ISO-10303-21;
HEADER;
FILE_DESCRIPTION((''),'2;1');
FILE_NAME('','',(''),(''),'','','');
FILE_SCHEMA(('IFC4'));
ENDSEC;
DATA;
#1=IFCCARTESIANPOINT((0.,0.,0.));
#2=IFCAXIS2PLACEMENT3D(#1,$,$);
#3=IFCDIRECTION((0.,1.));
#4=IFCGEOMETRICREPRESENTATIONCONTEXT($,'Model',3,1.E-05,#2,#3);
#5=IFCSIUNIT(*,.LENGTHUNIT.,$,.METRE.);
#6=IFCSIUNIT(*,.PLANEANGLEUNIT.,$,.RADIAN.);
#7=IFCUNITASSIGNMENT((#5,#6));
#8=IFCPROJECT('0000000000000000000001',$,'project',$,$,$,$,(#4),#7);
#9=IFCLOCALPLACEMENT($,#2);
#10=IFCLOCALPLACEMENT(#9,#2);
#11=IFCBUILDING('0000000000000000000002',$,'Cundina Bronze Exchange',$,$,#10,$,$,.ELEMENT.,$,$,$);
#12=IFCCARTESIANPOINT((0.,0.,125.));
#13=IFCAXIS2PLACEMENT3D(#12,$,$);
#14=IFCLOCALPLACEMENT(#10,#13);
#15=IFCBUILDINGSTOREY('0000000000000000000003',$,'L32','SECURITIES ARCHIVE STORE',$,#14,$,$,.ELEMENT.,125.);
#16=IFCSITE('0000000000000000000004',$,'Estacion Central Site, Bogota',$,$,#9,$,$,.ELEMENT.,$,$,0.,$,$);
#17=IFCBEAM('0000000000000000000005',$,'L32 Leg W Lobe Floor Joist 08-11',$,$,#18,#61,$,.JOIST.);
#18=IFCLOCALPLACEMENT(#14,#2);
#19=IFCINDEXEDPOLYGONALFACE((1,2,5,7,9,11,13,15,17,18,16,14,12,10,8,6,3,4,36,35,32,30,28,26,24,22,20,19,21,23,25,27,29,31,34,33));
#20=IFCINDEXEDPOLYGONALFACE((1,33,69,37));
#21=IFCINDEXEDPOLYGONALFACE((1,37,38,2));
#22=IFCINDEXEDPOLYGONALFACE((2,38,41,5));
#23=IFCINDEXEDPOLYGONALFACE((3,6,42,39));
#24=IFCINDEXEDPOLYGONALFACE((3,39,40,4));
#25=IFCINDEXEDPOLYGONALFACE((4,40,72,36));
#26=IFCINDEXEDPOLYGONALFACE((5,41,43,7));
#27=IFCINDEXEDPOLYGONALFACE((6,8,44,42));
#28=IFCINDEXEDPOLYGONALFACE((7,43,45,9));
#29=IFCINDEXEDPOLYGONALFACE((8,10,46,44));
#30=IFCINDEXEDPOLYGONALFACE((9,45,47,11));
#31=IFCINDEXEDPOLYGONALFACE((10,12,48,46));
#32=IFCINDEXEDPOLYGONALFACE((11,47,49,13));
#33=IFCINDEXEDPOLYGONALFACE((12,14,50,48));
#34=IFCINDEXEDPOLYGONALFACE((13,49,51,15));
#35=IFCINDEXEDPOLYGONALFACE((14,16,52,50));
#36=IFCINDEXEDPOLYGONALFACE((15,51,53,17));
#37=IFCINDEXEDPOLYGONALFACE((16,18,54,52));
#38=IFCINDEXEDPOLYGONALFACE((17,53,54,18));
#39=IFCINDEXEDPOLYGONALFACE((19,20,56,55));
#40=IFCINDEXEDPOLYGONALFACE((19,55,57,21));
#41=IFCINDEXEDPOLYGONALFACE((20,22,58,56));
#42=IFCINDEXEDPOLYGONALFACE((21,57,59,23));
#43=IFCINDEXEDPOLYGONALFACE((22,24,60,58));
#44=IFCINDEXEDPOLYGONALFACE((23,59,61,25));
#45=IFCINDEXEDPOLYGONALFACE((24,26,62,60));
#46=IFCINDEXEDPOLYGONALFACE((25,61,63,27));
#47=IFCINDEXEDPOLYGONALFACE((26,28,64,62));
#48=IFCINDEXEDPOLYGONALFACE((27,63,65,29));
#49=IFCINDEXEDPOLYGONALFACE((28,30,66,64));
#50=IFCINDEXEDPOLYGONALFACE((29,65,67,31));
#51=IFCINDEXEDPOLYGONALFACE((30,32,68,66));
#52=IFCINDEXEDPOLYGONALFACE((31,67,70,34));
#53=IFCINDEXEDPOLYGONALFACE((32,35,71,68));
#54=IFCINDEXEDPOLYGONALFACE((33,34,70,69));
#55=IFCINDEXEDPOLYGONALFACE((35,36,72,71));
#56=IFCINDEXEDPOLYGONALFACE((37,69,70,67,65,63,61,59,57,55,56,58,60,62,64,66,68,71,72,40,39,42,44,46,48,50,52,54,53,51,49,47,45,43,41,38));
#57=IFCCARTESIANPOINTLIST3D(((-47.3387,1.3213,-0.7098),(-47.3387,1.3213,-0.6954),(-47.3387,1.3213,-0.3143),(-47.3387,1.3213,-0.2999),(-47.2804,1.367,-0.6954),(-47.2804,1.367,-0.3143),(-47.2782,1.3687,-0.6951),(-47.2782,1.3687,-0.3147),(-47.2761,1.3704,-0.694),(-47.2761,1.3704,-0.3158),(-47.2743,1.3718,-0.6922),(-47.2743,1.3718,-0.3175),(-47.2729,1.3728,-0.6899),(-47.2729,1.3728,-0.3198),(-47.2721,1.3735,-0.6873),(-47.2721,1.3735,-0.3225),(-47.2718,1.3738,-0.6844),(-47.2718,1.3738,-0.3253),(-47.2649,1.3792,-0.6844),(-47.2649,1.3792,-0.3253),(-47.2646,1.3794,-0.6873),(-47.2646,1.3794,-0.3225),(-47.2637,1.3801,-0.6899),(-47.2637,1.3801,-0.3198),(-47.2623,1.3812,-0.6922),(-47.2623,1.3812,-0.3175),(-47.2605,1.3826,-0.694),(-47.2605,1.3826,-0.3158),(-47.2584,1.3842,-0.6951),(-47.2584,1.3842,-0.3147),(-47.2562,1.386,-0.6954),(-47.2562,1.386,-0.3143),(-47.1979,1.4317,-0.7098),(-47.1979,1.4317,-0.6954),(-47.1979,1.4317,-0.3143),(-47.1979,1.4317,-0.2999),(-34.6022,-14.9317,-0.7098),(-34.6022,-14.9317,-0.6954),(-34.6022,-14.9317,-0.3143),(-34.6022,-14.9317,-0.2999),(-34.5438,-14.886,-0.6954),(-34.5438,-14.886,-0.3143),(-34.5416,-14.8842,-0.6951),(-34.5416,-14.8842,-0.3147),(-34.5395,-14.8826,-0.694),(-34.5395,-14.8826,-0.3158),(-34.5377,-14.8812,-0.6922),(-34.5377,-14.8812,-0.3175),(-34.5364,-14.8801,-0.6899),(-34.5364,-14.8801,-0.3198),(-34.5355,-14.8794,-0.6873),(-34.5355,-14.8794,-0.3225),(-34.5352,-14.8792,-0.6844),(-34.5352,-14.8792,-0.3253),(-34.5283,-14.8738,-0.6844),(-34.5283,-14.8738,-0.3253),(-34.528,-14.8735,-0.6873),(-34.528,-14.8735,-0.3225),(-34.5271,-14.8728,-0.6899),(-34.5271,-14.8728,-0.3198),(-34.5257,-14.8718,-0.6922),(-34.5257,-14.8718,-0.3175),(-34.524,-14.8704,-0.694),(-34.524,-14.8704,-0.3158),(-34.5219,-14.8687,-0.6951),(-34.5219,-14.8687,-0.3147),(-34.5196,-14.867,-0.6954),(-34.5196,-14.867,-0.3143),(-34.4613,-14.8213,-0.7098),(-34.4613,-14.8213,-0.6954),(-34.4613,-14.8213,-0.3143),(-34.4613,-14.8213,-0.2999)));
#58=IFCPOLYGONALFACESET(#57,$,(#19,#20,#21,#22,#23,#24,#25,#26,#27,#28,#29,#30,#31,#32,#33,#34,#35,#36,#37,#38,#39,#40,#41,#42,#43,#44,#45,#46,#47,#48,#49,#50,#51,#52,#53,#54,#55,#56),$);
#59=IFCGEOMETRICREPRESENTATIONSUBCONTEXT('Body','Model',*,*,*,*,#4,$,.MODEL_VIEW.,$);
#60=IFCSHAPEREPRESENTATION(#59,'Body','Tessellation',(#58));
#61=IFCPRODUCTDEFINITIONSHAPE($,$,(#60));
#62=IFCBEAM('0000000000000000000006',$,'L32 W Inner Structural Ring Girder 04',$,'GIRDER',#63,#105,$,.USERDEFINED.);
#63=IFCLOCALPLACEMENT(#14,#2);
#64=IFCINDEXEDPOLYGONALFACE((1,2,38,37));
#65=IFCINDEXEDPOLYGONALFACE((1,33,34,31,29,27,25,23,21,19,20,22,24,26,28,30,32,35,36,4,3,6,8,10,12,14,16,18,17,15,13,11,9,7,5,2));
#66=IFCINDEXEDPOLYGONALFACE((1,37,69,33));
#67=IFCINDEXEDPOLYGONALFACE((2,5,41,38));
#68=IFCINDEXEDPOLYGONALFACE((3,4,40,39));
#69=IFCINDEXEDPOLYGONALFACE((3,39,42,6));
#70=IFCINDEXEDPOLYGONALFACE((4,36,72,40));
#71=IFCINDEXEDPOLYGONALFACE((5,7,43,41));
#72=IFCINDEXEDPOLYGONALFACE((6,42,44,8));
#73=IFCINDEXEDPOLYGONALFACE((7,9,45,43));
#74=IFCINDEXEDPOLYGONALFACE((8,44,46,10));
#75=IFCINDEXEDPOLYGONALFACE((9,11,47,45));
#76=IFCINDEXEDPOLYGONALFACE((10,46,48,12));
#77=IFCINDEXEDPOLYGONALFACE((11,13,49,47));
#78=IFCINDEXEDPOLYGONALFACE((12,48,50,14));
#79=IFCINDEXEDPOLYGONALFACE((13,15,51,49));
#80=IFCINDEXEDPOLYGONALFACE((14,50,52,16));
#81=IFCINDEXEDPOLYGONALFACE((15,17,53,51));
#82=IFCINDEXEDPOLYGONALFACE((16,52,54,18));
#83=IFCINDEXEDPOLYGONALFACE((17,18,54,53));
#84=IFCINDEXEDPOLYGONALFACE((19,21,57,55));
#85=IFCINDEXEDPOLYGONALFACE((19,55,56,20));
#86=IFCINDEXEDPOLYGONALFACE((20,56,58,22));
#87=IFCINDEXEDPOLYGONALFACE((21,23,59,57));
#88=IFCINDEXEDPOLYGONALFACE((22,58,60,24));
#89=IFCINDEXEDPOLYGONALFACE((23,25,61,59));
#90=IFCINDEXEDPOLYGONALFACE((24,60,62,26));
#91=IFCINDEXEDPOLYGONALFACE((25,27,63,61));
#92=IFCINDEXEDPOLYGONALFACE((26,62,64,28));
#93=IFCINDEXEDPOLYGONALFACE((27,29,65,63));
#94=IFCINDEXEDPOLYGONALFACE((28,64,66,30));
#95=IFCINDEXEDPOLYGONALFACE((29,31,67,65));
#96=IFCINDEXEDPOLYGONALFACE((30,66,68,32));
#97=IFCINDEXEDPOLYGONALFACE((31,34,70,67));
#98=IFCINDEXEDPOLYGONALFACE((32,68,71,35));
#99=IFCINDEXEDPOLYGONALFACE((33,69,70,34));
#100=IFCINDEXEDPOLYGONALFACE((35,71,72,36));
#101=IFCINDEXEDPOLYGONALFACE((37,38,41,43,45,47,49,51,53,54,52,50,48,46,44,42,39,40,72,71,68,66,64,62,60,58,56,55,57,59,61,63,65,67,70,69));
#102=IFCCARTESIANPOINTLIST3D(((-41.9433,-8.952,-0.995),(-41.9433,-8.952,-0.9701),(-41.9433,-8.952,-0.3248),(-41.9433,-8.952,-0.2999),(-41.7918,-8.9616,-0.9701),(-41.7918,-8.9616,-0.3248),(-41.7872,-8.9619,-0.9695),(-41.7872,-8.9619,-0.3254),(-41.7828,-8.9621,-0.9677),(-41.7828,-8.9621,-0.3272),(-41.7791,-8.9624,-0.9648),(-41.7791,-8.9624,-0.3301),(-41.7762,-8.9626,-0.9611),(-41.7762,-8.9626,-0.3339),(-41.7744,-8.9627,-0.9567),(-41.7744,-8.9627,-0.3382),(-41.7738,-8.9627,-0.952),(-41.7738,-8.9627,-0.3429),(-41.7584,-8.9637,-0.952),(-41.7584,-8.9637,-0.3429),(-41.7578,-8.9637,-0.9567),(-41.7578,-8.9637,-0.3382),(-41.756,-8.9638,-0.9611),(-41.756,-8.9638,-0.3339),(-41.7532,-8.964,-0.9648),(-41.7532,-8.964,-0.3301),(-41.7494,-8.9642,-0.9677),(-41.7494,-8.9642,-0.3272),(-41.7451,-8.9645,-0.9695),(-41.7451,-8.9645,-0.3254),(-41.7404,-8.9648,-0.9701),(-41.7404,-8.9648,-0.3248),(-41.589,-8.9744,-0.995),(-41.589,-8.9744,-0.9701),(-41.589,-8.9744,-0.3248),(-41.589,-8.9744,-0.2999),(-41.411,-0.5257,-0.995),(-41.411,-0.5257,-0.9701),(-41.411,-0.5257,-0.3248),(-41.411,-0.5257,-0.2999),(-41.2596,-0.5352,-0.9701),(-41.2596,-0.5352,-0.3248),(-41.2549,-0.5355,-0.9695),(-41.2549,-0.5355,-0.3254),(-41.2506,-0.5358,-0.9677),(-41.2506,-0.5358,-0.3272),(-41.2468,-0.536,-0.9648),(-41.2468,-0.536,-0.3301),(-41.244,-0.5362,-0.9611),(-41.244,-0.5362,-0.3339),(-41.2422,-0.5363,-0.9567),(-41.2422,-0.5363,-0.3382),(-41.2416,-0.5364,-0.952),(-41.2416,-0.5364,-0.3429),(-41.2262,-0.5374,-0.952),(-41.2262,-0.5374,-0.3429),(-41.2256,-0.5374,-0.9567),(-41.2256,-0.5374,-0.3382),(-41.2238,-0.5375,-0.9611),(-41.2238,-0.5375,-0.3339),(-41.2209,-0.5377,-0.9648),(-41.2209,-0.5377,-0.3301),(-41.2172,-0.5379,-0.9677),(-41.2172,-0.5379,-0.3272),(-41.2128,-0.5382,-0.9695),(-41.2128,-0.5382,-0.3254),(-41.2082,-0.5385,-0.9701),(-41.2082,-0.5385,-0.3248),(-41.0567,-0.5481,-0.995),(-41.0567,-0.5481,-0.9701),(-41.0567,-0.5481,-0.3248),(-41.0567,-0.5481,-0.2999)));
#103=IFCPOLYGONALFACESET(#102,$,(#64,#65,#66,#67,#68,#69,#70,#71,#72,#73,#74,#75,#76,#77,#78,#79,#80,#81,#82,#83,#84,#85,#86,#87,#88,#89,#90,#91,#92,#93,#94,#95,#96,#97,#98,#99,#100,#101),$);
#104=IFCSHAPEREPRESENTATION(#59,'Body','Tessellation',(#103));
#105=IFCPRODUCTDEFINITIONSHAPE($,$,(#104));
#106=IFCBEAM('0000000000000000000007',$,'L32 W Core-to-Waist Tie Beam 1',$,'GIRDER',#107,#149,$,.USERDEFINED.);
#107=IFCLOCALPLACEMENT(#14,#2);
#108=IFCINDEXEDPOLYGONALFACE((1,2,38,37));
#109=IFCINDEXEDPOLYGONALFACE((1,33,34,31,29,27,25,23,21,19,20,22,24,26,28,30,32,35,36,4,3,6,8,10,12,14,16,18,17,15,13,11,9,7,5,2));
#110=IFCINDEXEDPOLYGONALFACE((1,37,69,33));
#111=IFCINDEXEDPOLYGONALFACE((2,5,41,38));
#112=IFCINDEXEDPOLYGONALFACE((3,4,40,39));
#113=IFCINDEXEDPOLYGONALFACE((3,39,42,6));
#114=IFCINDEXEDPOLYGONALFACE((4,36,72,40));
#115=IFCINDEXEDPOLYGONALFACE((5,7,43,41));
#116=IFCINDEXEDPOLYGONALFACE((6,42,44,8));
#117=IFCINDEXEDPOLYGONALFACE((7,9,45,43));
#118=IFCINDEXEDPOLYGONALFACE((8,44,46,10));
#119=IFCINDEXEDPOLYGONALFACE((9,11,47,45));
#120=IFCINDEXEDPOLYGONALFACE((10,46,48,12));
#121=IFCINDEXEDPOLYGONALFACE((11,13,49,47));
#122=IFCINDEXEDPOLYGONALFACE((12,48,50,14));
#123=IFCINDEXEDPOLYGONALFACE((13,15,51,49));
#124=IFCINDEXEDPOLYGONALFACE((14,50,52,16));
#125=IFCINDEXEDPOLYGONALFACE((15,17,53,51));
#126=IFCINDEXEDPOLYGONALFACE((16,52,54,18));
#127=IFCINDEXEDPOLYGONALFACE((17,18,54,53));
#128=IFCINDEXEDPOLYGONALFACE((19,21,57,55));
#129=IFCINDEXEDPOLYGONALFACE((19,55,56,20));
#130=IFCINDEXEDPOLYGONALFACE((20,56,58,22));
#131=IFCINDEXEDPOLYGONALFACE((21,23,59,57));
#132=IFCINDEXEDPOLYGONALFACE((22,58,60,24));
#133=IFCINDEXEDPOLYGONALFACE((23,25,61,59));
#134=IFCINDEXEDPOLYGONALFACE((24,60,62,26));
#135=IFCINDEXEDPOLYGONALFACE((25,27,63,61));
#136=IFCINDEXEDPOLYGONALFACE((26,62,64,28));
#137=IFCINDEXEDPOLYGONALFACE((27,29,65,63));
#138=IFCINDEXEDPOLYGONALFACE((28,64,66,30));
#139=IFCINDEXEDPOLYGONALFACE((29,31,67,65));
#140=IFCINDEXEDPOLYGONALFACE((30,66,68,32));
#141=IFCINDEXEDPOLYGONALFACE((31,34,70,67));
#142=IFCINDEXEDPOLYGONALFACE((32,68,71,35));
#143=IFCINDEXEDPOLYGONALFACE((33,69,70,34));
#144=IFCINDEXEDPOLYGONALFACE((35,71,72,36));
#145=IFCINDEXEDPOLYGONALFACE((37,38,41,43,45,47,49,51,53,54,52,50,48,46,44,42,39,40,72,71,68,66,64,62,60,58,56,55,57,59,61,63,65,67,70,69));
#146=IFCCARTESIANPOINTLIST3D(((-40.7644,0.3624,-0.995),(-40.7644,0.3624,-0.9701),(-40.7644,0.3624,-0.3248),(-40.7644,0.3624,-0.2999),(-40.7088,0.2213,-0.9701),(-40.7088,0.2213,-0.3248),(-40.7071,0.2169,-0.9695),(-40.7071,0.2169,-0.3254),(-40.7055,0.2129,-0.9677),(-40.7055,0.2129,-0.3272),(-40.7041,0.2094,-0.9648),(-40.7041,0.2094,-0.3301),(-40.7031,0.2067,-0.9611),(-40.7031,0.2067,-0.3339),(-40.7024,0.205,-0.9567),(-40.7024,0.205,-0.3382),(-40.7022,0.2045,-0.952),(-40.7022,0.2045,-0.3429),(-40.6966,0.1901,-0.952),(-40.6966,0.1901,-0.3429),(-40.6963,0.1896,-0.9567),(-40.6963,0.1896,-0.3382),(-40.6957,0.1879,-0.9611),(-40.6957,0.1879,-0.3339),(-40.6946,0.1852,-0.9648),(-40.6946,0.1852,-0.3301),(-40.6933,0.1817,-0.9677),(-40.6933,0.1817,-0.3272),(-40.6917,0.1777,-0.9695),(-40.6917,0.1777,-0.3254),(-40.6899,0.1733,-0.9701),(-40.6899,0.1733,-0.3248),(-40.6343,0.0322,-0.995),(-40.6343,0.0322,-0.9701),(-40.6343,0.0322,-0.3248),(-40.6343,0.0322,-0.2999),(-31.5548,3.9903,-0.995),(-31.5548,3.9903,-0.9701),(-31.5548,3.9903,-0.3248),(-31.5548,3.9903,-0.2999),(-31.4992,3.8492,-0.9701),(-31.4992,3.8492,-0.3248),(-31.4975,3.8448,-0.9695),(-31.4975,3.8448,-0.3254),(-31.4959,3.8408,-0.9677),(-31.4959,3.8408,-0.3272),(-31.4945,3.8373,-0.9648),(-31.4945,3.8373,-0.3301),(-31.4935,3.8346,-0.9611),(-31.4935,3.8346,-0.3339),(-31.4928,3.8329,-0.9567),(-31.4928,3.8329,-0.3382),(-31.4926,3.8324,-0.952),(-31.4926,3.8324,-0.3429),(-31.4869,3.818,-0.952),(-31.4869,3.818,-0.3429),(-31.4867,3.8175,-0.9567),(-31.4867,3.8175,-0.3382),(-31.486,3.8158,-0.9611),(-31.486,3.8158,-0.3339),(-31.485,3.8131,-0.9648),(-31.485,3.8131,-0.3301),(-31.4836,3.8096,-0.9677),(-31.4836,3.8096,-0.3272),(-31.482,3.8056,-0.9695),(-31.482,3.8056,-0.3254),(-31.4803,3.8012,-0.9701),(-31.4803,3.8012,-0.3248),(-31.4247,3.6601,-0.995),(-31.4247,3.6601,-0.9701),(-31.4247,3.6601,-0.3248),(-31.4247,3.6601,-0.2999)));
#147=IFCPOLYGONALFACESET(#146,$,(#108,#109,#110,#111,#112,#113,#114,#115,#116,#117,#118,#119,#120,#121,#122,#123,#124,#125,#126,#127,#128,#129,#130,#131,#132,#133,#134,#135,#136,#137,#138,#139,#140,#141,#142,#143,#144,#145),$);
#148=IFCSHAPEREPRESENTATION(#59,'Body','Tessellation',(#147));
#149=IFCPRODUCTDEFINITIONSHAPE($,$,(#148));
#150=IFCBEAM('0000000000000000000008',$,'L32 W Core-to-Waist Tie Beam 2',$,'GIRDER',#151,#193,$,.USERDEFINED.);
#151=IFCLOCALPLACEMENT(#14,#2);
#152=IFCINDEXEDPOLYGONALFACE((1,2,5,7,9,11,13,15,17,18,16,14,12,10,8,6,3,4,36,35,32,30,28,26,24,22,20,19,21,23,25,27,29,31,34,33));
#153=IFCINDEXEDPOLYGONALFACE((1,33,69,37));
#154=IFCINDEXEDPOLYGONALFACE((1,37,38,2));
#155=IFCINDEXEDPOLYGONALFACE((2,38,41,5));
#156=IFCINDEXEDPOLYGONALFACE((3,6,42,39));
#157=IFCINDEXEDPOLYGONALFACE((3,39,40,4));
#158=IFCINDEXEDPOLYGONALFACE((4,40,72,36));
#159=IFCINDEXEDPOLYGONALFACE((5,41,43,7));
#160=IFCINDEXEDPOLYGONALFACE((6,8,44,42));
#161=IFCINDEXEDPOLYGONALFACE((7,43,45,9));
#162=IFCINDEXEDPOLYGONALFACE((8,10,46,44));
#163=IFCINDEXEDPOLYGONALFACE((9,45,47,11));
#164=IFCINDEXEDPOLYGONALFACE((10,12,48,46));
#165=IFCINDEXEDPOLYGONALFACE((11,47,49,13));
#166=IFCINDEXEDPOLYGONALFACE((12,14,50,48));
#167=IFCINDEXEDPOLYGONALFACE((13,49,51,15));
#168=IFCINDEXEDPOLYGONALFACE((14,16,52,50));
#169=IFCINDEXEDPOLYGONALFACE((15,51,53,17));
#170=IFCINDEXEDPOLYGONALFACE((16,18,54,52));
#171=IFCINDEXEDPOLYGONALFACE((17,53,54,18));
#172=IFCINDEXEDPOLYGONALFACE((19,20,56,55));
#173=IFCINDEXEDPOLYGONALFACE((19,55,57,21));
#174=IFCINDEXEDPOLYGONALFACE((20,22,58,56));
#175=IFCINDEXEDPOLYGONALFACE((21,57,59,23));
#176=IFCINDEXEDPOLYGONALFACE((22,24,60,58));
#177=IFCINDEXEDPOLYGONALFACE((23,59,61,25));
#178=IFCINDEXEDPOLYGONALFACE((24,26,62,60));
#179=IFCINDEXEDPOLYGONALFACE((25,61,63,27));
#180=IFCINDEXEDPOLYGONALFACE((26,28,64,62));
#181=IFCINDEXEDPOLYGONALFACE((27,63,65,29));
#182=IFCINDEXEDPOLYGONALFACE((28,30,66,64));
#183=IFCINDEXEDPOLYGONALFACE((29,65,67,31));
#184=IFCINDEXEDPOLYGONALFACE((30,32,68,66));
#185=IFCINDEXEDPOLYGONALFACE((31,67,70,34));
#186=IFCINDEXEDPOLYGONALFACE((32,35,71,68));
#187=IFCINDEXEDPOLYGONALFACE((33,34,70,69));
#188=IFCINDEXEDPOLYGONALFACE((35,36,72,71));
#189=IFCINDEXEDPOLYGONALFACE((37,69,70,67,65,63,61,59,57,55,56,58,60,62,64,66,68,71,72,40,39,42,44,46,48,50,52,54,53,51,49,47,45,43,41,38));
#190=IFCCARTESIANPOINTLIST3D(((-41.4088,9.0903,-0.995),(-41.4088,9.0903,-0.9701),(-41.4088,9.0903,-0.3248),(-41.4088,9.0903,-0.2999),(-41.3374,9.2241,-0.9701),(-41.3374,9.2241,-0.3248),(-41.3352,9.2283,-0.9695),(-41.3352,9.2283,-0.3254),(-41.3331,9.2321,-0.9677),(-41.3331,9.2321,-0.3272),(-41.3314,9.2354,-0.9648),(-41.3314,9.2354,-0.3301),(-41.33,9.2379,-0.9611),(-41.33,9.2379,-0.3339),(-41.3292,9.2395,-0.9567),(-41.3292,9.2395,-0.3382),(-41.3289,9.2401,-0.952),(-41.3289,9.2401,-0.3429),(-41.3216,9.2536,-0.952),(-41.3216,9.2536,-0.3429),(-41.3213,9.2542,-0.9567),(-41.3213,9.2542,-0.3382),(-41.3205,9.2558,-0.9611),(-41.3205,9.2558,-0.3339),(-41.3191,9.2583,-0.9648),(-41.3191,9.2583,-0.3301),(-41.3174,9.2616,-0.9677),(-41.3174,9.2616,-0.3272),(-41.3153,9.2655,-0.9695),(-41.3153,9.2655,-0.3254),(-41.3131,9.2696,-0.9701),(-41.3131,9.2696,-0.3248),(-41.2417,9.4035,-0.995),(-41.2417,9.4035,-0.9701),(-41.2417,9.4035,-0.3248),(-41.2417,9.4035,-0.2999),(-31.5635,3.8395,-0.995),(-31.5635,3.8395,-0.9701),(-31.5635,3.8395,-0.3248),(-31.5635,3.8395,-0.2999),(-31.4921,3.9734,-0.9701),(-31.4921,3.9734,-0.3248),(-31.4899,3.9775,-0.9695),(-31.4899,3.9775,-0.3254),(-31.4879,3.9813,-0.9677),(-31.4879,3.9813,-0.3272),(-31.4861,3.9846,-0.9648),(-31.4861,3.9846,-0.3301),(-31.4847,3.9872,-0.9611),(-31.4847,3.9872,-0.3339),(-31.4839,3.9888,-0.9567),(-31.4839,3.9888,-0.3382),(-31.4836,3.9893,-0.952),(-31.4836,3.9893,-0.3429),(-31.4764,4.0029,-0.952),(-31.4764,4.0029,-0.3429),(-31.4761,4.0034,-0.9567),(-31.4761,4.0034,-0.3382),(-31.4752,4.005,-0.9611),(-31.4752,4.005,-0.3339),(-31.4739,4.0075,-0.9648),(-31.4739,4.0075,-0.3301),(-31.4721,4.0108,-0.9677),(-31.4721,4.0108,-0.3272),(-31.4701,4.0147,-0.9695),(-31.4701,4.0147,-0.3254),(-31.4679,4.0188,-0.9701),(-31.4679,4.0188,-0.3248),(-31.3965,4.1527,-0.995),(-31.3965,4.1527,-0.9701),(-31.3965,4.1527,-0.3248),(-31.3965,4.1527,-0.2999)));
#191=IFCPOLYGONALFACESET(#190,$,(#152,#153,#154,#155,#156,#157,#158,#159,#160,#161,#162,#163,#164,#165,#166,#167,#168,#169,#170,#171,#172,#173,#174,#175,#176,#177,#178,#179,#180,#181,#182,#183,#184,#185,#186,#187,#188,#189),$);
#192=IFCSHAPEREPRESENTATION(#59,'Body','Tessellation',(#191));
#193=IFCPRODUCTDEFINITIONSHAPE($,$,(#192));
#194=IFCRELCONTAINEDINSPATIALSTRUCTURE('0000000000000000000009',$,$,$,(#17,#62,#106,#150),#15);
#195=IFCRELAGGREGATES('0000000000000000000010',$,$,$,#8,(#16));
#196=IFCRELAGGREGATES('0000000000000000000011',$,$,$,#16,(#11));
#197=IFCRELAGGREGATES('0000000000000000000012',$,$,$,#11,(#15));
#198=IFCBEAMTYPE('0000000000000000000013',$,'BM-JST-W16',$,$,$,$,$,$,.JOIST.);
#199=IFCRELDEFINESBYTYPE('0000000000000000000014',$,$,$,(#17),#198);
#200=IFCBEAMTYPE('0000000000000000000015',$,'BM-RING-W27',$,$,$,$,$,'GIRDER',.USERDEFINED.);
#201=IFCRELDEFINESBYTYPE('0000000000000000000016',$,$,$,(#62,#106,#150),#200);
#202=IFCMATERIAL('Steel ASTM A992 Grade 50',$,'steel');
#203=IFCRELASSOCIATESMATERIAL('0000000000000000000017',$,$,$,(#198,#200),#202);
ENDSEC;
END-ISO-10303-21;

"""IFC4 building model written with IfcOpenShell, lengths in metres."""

from ifc_helpers import new_model, si_unit, direction, frame, origin, origin_2d, place, context, subcontext, project, spatial, i_section, extrude, material, material_profile, profile_set, type_object, element, save


model = new_model("IFC4")

# Units and contexts
model_context = context("Model", 3, precision=1e-05, world=origin(), true_north=direction((0.0, 1.0)))
body_context = subcontext(model_context, "Body", "Model", "MODEL_VIEW")
ifc_project = project(units=[si_unit("LENGTHUNIT", "METRE"), si_unit("PLANEANGLEUNIT", "RADIAN")], contexts=[model_context])

# Site, building, storey
site_placement = place(None, origin())
site = spatial("IfcSite", under=ifc_project, at=site_placement, Name="Estacion Central Site, Bogota", CompositionType="ELEMENT", RefElevation=0.0)
building_placement = place(site_placement, origin())
building = spatial("IfcBuilding", under=site, at=building_placement, Name="Cundina Bronze Exchange", CompositionType="ELEMENT")
storey_placement = place(building_placement, frame((0.0, 0.0, 125.0)))
storey = spatial("IfcBuildingStorey", under=building, at=storey_placement, Name="L32", Description="SECURITIES ARCHIVE STORE", CompositionType="ELEMENT", Elevation=125.0)

# Shared definitions
ifc_material_1 = material(Name="Steel ASTM A992 Grade 50", Category="steel")

# Beams
ifc_material_profile_1 = material_profile(ifc_material_1, i_section(OverallWidth=0.179, OverallDepth=0.4099, WebThickness=0.0088, FlangeThickness=0.0144, FilletRadius=0.011, at=origin_2d()), Name="W16X45", Category="steel")
ifc_profile_set_1 = profile_set([ifc_material_profile_1], Name="Steel ASTM A992 Grade 50")
beam_type_1 = type_object("IfcBeamType", Name="BM-JST-W16", PredefinedType="JOIST", material=ifc_profile_set_1)
beam_1_placement = place(storey_placement, frame((-47.2683, 1.3765, -0.5049), z_axis=(0.616815, -0.787108, 0.0), x_axis=(0.787108, 0.616815, 0.0)))
element("IfcBeam", 1, at=beam_1_placement, inside=storey, type_object=beam_type_1, Name="L32 Leg W Lobe Floor Joist 08-11", PredefinedType="JOIST", context=body_context, shape_type="SweptSolid", body=[
    extrude(i_section(OverallWidth=0.179, OverallDepth=0.4099, WebThickness=0.0088, FlangeThickness=0.0144, FilletRadius=0.011, at=origin_2d()), origin(), (0.0, 0.0, 1.0), 20.6489),
])
ifc_material_profile_2 = material_profile(ifc_material_1, i_section(OverallWidth=0.355, OverallDepth=0.6951, WebThickness=0.0154, FlangeThickness=0.0249, FilletRadius=0.0181, at=origin_2d()), Name="W27X146", Category="steel")
ifc_profile_set_2 = profile_set([ifc_material_profile_2], Name="Steel ASTM A992 Grade 50")
beam_type_2 = type_object("IfcBeamType", Name="BM-RING-W27", ElementType="GIRDER", PredefinedType="USERDEFINED", material=ifc_profile_set_2)
beam_2_placement = place(storey_placement, frame((-41.2339, -0.5369, -0.6475), z_axis=(-0.063037, -0.998011, 0.0), x_axis=(0.998011, -0.063037, 0.0)))
element("IfcBeam", 2, at=beam_2_placement, inside=storey, type_object=beam_type_2, Name="L32 W Inner Structural Ring Girder 04", ObjectType="GIRDER", PredefinedType="USERDEFINED", context=body_context, shape_type="SweptSolid", body=[
    extrude(i_section(OverallWidth=0.355, OverallDepth=0.6951, WebThickness=0.0154, FlangeThickness=0.0249, FilletRadius=0.0181, at=origin_2d()), origin(), (0.0, 0.0, 1.0), 8.4431),
])
beam_3_placement = place(storey_placement, frame((-31.4897, 3.8252, -0.6475), z_axis=(-0.930413, -0.366512, 0.0), x_axis=(0.366512, -0.930413, 0.0)))
element("IfcBeam", 3, at=beam_3_placement, inside=storey, type_object=beam_type_2, Name="L32 W Core-to-Waist Tie Beam 1", ObjectType="GIRDER", PredefinedType="USERDEFINED", context=body_context, shape_type="SweptSolid", body=[
    extrude(i_section(OverallWidth=0.355, OverallDepth=0.6951, WebThickness=0.0154, FlangeThickness=0.0249, FilletRadius=0.0181, at=origin_2d()), origin(), (0.0, 0.0, 1.0), 9.8984),
])
beam_4_placement = place(storey_placement, frame((-31.48, 3.9961, -0.6475), z_axis=(-0.882355, 0.470585, 0.0), x_axis=(-0.470585, -0.882355, 0.0)))
element("IfcBeam", 4, at=beam_4_placement, inside=storey, type_object=beam_type_2, Name="L32 W Core-to-Waist Tie Beam 2", ObjectType="GIRDER", PredefinedType="USERDEFINED", context=body_context, shape_type="SweptSolid", body=[
    extrude(i_section(OverallWidth=0.355, OverallDepth=0.6951, WebThickness=0.0154, FlangeThickness=0.0249, FilletRadius=0.0181, at=origin_2d()), origin(), (0.0, 0.0, 1.0), 11.158),
])

save(model, "model.ifc")
